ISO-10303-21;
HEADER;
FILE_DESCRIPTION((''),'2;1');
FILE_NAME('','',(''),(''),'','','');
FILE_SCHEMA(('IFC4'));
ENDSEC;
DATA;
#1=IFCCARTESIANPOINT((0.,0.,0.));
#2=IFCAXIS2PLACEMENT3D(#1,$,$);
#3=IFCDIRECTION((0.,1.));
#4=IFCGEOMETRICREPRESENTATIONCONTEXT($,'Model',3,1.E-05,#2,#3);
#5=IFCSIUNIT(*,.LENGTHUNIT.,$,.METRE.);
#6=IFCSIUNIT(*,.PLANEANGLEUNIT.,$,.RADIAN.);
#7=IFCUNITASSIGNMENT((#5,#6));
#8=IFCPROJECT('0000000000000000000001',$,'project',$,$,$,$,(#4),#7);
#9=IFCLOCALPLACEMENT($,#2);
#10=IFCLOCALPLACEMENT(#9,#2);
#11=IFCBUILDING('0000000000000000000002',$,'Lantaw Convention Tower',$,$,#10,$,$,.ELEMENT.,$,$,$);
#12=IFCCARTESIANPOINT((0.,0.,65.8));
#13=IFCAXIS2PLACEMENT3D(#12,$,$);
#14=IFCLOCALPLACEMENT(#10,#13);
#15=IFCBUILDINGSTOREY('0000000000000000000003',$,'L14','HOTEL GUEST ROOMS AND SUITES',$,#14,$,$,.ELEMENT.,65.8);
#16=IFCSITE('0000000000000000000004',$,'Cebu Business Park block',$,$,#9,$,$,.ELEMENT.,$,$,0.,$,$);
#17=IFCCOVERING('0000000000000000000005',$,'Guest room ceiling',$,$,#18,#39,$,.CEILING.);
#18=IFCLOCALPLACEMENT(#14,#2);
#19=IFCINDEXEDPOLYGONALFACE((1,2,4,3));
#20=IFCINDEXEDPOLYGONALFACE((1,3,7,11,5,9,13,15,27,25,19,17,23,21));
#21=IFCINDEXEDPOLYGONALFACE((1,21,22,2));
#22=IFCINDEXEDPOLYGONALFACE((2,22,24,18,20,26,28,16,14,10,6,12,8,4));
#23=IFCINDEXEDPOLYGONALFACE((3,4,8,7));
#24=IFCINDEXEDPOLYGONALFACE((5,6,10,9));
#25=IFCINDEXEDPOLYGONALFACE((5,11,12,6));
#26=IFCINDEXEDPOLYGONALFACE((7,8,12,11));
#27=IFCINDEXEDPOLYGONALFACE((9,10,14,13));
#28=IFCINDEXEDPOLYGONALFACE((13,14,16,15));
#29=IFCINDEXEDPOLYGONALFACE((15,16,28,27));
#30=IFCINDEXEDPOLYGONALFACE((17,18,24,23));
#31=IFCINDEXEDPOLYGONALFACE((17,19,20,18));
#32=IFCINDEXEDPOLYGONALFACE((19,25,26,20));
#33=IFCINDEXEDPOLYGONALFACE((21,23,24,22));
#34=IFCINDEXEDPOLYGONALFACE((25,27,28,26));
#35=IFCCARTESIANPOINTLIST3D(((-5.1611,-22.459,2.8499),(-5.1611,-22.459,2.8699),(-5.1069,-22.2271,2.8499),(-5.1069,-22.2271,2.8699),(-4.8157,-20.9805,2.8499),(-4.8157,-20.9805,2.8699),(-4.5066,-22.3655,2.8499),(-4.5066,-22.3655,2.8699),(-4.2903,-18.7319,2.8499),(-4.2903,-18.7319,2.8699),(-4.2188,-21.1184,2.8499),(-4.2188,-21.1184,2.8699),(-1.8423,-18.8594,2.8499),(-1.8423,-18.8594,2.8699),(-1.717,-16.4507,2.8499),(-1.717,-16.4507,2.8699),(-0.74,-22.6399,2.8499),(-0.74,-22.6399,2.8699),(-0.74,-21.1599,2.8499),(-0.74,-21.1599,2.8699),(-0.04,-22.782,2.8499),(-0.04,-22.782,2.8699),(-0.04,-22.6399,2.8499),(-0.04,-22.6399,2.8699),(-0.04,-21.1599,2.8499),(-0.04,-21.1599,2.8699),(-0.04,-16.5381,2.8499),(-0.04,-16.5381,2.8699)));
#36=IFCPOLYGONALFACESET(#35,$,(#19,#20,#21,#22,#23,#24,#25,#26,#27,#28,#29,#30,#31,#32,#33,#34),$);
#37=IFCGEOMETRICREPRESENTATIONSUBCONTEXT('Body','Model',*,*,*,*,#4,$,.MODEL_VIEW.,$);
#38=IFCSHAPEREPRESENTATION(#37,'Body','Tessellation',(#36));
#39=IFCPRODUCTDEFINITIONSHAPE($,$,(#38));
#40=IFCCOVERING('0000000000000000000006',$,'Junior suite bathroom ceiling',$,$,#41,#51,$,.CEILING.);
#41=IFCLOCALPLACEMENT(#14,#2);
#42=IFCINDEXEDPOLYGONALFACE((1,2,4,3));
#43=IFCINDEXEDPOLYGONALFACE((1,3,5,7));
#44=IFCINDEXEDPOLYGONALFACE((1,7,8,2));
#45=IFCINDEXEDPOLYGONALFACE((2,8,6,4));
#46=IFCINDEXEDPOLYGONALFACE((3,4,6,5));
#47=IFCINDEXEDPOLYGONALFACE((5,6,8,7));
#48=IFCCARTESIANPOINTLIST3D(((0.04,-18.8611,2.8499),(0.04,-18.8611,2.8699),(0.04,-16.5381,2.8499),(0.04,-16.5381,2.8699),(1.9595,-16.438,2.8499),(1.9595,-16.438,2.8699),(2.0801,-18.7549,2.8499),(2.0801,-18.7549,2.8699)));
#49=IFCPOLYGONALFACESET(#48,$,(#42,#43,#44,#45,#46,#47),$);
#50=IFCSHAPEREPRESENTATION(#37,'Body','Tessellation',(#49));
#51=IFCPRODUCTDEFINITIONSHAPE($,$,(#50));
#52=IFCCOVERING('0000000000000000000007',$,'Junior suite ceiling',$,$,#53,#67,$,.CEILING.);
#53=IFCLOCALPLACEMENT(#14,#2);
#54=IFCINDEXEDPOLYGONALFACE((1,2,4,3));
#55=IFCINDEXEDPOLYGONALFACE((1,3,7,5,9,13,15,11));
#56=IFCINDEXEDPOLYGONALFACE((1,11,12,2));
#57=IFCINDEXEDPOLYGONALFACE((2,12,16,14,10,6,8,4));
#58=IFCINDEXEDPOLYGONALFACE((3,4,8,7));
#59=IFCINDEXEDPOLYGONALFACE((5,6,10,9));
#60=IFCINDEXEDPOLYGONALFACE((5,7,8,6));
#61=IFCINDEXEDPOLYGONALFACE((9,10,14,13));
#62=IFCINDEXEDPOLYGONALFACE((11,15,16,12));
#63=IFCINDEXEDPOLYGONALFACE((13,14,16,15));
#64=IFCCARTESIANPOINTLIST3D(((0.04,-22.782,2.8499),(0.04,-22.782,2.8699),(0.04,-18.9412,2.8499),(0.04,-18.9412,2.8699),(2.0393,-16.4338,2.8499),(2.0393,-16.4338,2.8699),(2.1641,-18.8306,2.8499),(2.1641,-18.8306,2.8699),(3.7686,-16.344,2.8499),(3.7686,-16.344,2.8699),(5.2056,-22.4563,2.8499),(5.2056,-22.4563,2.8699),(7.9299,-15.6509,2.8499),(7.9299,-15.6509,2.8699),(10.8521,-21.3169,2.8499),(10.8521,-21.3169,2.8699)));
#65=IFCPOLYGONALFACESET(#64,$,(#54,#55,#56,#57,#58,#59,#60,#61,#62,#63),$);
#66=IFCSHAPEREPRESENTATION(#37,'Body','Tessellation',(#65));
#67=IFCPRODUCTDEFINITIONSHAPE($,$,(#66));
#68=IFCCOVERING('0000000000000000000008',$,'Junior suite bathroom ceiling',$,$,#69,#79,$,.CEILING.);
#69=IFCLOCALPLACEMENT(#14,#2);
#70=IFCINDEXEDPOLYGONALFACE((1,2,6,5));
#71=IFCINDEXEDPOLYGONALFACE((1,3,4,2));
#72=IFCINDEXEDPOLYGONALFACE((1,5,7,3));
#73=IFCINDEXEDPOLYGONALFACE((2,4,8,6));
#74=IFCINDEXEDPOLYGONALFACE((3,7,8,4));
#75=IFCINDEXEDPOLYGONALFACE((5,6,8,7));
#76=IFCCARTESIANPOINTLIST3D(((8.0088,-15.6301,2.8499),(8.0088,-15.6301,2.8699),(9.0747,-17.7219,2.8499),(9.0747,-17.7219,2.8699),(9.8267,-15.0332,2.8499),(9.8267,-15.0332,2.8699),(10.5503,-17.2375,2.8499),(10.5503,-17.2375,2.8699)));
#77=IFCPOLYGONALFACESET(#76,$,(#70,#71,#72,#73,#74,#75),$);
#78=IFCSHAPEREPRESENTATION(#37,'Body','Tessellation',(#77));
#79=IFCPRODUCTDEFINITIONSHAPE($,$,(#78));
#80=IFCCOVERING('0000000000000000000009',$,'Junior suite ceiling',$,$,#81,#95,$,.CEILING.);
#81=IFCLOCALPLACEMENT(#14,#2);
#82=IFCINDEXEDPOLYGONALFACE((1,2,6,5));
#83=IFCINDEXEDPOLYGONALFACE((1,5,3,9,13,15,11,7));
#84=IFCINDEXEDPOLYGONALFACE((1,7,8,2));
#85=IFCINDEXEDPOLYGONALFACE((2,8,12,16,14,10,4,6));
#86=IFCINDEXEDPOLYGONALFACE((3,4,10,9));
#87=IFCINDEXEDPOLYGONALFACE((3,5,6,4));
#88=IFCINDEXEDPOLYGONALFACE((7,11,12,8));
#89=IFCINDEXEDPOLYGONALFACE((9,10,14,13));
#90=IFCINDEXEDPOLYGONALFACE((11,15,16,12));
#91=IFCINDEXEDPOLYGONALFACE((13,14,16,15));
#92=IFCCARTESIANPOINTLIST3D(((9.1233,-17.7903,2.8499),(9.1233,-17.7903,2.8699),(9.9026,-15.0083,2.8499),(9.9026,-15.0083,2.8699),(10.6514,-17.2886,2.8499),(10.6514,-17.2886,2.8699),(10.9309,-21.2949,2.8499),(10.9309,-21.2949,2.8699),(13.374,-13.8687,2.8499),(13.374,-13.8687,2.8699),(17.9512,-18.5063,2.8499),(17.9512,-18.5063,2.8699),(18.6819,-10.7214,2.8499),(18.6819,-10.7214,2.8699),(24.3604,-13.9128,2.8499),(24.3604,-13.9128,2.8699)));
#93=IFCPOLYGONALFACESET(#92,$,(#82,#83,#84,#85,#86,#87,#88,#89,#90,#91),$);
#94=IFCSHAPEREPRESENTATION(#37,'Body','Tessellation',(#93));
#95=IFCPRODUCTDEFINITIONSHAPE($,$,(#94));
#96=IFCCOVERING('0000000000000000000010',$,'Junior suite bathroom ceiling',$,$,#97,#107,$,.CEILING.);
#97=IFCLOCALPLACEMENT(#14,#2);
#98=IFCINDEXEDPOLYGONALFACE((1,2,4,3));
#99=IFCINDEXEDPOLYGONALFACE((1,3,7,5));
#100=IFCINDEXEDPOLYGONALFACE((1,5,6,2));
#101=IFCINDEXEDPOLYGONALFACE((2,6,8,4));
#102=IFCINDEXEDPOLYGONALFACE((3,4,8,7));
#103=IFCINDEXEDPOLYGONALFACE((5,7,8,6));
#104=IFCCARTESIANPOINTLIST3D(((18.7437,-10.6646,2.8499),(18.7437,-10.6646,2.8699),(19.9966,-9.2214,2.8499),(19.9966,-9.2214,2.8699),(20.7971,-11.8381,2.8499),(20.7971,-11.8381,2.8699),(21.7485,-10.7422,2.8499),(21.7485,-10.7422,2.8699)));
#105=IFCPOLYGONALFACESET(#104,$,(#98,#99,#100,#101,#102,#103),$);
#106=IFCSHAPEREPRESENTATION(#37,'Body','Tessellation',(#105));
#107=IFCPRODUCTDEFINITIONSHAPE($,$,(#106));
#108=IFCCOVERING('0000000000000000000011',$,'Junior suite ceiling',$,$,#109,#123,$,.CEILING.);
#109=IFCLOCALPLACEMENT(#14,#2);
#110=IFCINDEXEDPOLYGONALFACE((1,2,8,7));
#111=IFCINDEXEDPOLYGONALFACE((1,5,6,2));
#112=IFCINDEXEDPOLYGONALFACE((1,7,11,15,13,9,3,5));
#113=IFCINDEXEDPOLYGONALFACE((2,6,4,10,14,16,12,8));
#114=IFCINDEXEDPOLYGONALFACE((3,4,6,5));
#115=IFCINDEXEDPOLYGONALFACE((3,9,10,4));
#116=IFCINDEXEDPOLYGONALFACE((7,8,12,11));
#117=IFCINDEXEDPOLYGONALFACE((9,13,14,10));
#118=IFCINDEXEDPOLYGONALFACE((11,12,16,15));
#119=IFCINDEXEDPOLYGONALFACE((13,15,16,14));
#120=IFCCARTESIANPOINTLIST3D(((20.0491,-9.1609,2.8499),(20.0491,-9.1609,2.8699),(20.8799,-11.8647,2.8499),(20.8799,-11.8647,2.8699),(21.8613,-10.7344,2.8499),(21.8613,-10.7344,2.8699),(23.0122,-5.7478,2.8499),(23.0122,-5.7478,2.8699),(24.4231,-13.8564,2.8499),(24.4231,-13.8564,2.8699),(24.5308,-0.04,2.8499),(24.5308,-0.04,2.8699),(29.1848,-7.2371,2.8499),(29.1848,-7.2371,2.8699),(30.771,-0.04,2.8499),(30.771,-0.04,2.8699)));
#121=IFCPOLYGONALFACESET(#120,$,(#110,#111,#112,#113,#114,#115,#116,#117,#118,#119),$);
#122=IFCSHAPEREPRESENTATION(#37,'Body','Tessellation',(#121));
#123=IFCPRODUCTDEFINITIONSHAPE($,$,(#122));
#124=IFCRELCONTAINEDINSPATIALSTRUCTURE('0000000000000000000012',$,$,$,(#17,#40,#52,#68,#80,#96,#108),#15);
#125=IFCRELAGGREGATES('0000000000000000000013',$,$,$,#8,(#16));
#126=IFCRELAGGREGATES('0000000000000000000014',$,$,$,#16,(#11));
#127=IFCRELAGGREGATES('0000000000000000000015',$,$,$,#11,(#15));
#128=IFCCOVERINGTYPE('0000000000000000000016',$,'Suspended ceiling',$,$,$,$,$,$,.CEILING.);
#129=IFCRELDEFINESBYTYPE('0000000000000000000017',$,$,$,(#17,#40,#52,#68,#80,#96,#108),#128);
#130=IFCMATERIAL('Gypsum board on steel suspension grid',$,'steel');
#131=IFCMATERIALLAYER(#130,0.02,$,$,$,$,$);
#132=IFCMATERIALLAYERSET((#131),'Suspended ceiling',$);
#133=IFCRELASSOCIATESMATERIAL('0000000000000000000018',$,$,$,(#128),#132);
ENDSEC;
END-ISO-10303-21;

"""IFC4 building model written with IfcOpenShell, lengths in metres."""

from ifc_helpers import new_model, si_unit, direction, frame, origin, place, context, subcontext, project, spatial, polyline, outline, extrude, material, layer, layer_set, type_object, element, save


model = new_model("IFC4")

# Units and contexts
model_context = context("Model", 3, precision=1e-05, world=origin(), true_north=direction((0.0, 1.0)))
body_context = subcontext(model_context, "Body", "Model", "MODEL_VIEW")
ifc_project = project(units=[si_unit("LENGTHUNIT", "METRE"), si_unit("PLANEANGLEUNIT", "RADIAN")], contexts=[model_context])

# Site, building, storey
site_placement = place(None, origin())
site = spatial("IfcSite", under=ifc_project, at=site_placement, Name="Cebu Business Park block", CompositionType="ELEMENT", RefElevation=0.0)
building_placement = place(site_placement, origin())
building = spatial("IfcBuilding", under=site, at=building_placement, Name="Lantaw Convention Tower", CompositionType="ELEMENT")
storey_placement = place(building_placement, frame((0.0, 0.0, 65.8)))
storey = spatial("IfcBuildingStorey", under=building, at=storey_placement, Name="L14", Description="HOTEL GUEST ROOMS AND SUITES", CompositionType="ELEMENT", Elevation=65.8)

# Coverings
ifc_material_1 = material(Name="Gypsum board on steel suspension grid", Category="steel")
ifc_layer_1 = layer(ifc_material_1, 0.02)
ifc_layer_set_1 = layer_set([ifc_layer_1], Name="Suspended ceiling")
covering_type = type_object("IfcCoveringType", Name="Suspended ceiling", PredefinedType="CEILING", material=ifc_layer_set_1)
covering_1_placement = place(storey_placement, frame((0.0, 0.0, 2.8499)))
element("IfcCovering", 1, at=covering_1_placement, inside=storey, type_object=covering_type, Name="Guest room ceiling", PredefinedType="CEILING", context=body_context, shape_type="SweptSolid", body=[
    extrude(outline(polyline([(-0.04, -16.5381), (-1.717, -16.4507), (-1.8423, -18.8594), (-4.2903, -18.7319), (-4.8157, -20.9805), (-4.2188, -21.1184), (-4.5066, -22.3655), (-5.1069, -22.2271), (-5.1611, -22.459), (-0.04, -22.782), (-0.04, -22.6399), (-0.74, -22.6399), (-0.74, -21.1599), (-0.04, -21.1599), (-0.04, -16.5381)])), origin(), (0.0, 0.0, 1.0), 0.02),
])
covering_2_placement = place(storey_placement, frame((0.0, 0.0, 2.8499)))
element("IfcCovering", 2, at=covering_2_placement, inside=storey, type_object=covering_type, Name="Junior suite bathroom ceiling", PredefinedType="CEILING", context=body_context, shape_type="SweptSolid", body=[
    extrude(outline(polyline([(0.04, -16.5381), (0.04, -18.8611), (2.0801, -18.7549), (1.9595, -16.438), (0.04, -16.5381)])), origin(), (0.0, 0.0, 1.0), 0.02),
])
covering_3_placement = place(storey_placement, frame((0.0, 0.0, 2.8499)))
element("IfcCovering", 3, at=covering_3_placement, inside=storey, type_object=covering_type, Name="Junior suite ceiling", PredefinedType="CEILING", context=body_context, shape_type="SweptSolid", body=[
    extrude(outline(polyline([(3.7686, -16.344), (2.0393, -16.4338), (2.1641, -18.8306), (0.04, -18.9412), (0.04, -22.782), (5.2056, -22.4563), (10.8521, -21.3169), (7.9299, -15.6509), (3.7686, -16.344)])), origin(), (0.0, 0.0, 1.0), 0.02),
])
covering_4_placement = place(storey_placement, frame((0.0, 0.0, 2.8499)))
element("IfcCovering", 4, at=covering_4_placement, inside=storey, type_object=covering_type, Name="Junior suite bathroom ceiling", PredefinedType="CEILING", context=body_context, shape_type="SweptSolid", body=[
    extrude(outline(polyline([(8.0088, -15.6301), (9.0747, -17.7219), (10.5503, -17.2375), (9.8267, -15.0332), (8.0088, -15.6301)])), origin(), (0.0, 0.0, 1.0), 0.02),
])
covering_5_placement = place(storey_placement, frame((0.0, 0.0, 2.8499)))
element("IfcCovering", 5, at=covering_5_placement, inside=storey, type_object=covering_type, Name="Junior suite ceiling", PredefinedType="CEILING", context=body_context, shape_type="SweptSolid", body=[
    extrude(outline(polyline([(13.374, -13.8687), (9.9026, -15.0083), (10.6514, -17.2886), (9.1233, -17.7903), (10.9309, -21.2949), (17.9512, -18.5063), (24.3604, -13.9128), (18.6819, -10.7214), (13.374, -13.8687)])), origin(), (0.0, 0.0, 1.0), 0.02),
])
covering_6_placement = place(storey_placement, frame((0.0, 0.0, 2.8499)))
element("IfcCovering", 6, at=covering_6_placement, inside=storey, type_object=covering_type, Name="Junior suite bathroom ceiling", PredefinedType="CEILING", context=body_context, shape_type="SweptSolid", body=[
    extrude(outline(polyline([(18.7437, -10.6646), (20.7971, -11.8381), (21.7485, -10.7422), (19.9966, -9.2214), (18.7437, -10.6646)])), origin(), (0.0, 0.0, 1.0), 0.02),
])
covering_7_placement = place(storey_placement, frame((0.0, 0.0, 2.8499)))
element("IfcCovering", 7, at=covering_7_placement, inside=storey, type_object=covering_type, Name="Junior suite ceiling", PredefinedType="CEILING", context=body_context, shape_type="SweptSolid", body=[
    extrude(outline(polyline([(23.0122, -5.7478), (20.0491, -9.1609), (21.8613, -10.7344), (20.8799, -11.8647), (24.4231, -13.8564), (29.1848, -7.2371), (30.771, -0.04), (24.5308, -0.04), (23.0122, -5.7478)])), origin(), (0.0, 0.0, 1.0), 0.02),
])

save(model, "model.ifc")
